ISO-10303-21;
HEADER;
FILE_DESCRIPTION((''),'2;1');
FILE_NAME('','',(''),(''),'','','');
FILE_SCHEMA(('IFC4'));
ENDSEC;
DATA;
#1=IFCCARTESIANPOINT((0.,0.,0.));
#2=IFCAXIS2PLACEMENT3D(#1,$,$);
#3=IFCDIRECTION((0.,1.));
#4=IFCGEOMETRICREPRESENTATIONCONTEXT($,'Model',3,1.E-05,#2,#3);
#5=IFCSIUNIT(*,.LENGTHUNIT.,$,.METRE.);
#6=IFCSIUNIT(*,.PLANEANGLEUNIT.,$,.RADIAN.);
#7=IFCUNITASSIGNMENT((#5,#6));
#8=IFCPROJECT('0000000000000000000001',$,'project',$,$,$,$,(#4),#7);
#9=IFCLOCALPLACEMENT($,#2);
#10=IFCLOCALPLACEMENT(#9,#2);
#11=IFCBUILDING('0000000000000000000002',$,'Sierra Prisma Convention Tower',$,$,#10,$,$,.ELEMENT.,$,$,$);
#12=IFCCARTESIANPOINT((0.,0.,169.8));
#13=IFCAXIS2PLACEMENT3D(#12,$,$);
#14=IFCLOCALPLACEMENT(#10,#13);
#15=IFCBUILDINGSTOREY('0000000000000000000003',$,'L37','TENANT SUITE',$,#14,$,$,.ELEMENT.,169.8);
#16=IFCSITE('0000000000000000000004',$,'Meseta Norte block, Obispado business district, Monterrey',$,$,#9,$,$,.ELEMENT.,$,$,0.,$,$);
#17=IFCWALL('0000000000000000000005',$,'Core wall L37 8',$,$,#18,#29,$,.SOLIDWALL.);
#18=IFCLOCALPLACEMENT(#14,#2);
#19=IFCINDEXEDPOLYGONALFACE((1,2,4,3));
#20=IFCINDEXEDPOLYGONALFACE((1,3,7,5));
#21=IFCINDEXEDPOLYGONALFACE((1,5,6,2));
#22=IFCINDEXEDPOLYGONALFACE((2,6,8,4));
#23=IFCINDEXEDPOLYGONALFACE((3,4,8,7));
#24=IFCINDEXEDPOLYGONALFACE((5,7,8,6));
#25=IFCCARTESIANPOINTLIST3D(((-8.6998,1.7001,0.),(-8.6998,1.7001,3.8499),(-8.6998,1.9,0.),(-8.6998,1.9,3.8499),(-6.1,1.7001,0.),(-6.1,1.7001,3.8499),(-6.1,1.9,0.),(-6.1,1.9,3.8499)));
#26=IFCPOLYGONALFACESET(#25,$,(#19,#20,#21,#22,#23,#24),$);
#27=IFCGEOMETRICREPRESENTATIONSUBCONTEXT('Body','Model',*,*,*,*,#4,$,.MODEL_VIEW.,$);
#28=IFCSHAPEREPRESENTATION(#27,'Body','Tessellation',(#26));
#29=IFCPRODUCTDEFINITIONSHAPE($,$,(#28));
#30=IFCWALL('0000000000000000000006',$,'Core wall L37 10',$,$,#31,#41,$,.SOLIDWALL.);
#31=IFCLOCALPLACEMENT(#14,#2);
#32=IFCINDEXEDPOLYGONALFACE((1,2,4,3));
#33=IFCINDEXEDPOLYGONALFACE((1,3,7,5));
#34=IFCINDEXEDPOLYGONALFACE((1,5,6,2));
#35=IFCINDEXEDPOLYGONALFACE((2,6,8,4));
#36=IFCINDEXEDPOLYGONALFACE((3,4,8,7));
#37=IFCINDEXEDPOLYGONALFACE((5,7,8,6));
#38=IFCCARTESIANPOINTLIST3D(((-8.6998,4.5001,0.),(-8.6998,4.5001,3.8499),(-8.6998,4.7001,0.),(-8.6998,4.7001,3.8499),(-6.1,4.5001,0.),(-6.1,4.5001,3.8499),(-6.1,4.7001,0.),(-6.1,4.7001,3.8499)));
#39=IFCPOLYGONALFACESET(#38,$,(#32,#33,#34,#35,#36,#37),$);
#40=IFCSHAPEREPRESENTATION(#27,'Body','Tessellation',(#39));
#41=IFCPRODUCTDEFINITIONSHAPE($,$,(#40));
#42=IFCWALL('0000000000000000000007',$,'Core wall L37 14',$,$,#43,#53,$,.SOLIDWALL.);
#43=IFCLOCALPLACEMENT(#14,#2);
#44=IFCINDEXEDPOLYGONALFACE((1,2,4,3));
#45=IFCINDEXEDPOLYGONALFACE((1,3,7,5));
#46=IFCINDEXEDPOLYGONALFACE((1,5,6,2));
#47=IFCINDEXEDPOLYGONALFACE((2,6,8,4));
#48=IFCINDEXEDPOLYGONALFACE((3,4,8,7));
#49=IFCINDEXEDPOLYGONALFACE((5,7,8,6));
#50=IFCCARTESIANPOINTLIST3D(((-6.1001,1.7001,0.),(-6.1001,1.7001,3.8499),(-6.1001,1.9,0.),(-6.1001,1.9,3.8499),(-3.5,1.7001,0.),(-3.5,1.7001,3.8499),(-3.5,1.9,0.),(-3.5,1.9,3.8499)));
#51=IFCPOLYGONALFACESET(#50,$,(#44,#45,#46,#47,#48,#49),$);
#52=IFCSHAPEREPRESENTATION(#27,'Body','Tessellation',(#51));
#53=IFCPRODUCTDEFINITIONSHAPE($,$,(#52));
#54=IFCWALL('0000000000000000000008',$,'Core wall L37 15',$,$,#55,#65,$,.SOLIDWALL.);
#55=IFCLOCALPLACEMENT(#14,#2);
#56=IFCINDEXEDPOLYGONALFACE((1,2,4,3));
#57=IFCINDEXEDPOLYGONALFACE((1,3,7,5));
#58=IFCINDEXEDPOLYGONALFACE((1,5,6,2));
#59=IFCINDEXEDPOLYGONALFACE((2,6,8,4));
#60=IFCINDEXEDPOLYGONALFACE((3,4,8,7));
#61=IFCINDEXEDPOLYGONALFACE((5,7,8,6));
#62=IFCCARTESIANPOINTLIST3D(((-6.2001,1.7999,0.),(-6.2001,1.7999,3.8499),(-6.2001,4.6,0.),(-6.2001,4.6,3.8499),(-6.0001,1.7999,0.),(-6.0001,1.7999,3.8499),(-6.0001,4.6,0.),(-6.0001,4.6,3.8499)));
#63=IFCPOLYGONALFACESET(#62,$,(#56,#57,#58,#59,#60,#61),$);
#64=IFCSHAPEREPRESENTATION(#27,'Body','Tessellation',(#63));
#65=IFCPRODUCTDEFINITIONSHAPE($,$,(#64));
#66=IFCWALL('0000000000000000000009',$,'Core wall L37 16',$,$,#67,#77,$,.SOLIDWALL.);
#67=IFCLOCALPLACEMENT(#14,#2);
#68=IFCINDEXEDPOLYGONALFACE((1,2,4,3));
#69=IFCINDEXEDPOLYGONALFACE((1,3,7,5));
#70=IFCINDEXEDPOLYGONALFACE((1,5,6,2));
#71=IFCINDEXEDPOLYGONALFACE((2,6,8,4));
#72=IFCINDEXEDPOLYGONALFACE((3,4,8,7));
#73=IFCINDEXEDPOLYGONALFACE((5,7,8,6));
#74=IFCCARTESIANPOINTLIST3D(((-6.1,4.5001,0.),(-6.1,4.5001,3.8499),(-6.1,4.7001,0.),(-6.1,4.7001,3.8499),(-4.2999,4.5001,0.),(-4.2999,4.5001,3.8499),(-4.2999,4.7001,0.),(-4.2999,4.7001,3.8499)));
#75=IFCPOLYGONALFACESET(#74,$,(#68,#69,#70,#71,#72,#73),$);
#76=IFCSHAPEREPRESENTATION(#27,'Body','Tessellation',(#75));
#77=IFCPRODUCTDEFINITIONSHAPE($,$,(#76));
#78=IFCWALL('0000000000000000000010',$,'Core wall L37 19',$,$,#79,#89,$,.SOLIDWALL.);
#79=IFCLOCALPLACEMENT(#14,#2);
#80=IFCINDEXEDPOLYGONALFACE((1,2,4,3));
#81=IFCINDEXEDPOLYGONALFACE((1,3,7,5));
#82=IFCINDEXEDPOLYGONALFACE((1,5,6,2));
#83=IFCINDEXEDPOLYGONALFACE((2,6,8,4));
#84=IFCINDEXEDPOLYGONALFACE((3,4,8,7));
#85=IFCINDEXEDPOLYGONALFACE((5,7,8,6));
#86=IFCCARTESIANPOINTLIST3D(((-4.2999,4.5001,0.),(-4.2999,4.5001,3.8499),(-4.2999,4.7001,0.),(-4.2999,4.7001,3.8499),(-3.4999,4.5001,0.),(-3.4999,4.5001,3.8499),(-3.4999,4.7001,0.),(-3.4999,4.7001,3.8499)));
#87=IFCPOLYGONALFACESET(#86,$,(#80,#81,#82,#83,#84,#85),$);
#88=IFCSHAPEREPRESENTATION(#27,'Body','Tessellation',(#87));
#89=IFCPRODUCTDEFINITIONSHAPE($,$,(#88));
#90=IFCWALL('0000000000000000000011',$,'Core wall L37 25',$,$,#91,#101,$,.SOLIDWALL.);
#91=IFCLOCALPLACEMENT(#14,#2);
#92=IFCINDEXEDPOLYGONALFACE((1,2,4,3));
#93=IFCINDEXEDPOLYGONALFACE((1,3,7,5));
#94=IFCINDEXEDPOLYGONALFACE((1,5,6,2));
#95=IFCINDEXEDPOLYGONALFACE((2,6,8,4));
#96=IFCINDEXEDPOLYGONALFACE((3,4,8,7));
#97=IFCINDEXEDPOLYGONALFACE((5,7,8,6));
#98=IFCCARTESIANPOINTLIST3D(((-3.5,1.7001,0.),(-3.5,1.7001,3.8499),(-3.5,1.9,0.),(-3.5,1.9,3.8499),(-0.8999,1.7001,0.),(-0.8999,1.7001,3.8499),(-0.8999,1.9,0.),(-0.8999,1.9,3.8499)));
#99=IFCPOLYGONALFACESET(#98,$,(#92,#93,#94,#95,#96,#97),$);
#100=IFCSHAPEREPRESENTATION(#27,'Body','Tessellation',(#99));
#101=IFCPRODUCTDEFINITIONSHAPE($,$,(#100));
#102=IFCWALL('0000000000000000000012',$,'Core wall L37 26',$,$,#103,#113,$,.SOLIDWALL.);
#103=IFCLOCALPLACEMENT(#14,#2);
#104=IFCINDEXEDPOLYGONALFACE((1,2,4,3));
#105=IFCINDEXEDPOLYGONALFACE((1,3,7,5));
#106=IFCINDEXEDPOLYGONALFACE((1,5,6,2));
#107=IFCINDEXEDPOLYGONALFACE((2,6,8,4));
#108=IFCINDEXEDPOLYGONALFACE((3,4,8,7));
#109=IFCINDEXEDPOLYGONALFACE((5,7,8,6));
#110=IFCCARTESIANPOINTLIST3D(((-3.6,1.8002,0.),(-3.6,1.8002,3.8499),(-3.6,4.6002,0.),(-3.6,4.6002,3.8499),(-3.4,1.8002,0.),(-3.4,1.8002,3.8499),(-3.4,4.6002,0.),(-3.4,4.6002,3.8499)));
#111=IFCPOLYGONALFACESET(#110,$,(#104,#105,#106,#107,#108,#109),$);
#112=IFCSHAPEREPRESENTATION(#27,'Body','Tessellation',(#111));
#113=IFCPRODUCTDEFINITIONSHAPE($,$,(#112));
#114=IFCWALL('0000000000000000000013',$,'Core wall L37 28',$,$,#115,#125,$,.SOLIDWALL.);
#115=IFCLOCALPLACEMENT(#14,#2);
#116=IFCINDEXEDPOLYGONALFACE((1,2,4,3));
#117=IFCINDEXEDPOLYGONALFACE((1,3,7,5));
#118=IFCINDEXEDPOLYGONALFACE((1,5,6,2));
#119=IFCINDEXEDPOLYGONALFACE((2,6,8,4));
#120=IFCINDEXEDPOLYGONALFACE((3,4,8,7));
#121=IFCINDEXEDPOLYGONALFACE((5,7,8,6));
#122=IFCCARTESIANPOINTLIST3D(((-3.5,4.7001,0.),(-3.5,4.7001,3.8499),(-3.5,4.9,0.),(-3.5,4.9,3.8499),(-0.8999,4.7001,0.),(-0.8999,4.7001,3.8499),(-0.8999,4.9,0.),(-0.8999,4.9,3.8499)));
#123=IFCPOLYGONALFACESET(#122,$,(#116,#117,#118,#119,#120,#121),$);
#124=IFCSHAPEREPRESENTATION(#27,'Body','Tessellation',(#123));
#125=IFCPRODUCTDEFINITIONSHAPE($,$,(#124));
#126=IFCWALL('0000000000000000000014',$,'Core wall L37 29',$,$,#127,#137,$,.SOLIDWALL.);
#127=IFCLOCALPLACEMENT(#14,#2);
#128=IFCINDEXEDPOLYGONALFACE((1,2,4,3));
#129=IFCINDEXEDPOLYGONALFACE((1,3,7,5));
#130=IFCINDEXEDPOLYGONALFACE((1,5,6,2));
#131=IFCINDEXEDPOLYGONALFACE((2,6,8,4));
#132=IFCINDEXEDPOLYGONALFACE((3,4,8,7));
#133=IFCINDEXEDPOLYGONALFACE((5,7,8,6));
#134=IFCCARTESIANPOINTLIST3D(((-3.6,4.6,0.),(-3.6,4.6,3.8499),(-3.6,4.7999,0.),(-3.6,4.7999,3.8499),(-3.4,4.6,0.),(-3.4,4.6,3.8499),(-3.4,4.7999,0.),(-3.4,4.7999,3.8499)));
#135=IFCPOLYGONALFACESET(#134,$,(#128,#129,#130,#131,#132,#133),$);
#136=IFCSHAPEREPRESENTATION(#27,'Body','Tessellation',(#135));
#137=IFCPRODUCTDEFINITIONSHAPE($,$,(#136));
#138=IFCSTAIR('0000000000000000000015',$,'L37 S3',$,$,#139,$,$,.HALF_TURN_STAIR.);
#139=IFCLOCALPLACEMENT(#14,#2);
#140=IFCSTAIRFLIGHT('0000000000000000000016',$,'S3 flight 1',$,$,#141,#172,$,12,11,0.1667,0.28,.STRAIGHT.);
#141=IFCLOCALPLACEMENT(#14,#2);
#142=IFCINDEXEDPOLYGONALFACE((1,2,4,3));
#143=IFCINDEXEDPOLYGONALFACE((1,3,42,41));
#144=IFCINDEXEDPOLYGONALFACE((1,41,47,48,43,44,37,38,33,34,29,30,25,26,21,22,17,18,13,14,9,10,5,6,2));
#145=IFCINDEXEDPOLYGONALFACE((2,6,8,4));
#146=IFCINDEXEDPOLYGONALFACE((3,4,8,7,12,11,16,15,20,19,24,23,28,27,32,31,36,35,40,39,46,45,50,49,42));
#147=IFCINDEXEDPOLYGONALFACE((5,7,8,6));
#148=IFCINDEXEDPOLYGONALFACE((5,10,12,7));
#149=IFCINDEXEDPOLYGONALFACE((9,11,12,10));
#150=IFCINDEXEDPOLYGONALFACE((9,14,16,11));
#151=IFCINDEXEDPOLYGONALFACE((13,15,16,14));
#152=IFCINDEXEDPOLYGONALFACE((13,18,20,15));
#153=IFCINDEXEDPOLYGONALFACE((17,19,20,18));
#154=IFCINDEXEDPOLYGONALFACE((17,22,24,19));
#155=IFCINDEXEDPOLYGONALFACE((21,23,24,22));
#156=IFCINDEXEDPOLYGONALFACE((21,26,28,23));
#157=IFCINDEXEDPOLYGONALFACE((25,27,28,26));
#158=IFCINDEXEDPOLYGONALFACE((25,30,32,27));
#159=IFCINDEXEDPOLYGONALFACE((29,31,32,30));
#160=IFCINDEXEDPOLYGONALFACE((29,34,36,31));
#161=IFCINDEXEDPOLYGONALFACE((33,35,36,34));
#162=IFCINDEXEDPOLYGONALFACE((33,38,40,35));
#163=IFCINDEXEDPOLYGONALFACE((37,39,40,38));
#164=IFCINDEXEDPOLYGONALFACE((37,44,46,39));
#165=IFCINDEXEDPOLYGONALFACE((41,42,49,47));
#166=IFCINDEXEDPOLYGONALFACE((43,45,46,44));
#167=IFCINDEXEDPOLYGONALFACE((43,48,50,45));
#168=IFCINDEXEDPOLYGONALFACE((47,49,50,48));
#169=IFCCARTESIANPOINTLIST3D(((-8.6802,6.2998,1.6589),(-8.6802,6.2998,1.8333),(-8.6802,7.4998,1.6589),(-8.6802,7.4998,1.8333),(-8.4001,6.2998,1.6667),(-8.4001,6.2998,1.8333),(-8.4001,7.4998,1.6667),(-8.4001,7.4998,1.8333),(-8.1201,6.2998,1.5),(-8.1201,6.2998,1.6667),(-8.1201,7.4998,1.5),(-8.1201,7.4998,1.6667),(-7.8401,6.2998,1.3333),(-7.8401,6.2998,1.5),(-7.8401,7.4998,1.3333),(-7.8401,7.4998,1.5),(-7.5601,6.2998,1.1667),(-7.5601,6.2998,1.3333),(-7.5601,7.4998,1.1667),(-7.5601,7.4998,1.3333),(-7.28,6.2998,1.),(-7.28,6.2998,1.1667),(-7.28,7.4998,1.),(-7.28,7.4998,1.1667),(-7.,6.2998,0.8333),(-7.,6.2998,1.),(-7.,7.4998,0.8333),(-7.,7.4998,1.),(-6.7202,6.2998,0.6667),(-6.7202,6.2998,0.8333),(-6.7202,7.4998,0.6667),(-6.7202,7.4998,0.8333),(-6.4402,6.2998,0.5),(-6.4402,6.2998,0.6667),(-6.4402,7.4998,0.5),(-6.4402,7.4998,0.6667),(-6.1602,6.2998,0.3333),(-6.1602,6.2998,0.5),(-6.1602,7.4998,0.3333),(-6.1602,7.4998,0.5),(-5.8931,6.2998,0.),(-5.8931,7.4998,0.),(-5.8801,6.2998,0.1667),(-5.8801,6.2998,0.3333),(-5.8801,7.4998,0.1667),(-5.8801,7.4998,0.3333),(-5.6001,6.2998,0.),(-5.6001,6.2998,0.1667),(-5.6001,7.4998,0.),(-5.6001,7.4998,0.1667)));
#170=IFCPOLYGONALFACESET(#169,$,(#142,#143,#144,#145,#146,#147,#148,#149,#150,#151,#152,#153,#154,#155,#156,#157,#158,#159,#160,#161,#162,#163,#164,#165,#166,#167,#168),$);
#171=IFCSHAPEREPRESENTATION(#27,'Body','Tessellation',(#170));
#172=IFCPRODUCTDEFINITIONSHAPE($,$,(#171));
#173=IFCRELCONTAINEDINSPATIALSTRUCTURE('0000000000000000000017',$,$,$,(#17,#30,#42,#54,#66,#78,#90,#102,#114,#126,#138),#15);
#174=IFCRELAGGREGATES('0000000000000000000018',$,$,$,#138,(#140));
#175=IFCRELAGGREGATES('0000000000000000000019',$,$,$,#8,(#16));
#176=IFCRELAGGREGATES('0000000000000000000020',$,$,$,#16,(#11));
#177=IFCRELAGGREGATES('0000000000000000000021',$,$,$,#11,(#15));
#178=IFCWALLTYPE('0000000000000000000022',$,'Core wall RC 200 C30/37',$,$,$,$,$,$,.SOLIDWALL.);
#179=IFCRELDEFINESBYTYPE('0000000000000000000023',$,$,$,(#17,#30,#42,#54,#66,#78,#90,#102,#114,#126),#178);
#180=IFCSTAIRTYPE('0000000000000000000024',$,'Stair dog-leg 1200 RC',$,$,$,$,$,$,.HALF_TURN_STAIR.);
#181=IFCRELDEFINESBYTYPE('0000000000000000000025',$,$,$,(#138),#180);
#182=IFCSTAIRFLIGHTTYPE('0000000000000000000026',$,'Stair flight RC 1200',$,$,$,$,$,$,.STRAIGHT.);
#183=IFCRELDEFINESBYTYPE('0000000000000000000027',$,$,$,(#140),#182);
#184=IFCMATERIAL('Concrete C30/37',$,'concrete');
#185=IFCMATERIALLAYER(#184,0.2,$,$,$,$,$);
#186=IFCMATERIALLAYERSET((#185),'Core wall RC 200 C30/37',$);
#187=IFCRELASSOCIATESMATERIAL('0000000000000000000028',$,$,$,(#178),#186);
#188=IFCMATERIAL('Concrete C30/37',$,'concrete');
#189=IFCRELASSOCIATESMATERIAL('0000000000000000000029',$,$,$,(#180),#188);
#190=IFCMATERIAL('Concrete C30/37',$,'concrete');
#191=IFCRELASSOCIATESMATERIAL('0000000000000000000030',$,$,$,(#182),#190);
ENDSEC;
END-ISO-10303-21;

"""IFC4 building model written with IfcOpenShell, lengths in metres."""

from ifc_helpers import new_model, si_unit, direction, frame, frame_2d, origin, place, context, subcontext, project, spatial, polyline, rectangle, outline, extrude, material, layer, layer_set, type_object, element, aggregate, save


model = new_model("IFC4")

# Units and contexts
model_context = context("Model", 3, precision=1e-05, world=origin(), true_north=direction((0.0, 1.0)))
body_context = subcontext(model_context, "Body", "Model", "MODEL_VIEW")
ifc_project = project(units=[si_unit("LENGTHUNIT", "METRE"), si_unit("PLANEANGLEUNIT", "RADIAN")], contexts=[model_context])

# Site, building, storey
site_placement = place(None, origin())
site = spatial("IfcSite", under=ifc_project, at=site_placement, Name="Meseta Norte block, Obispado business district, Monterrey", CompositionType="ELEMENT", RefElevation=0.0)
building_placement = place(site_placement, origin())
building = spatial("IfcBuilding", under=site, at=building_placement, Name="Sierra Prisma Convention Tower", CompositionType="ELEMENT")
storey_placement = place(building_placement, frame((0.0, 0.0, 169.8)))
storey = spatial("IfcBuildingStorey", under=building, at=storey_placement, Name="L37", Description="TENANT SUITE", CompositionType="ELEMENT", Elevation=169.8)

# Walls
ifc_material_1 = material(Name="Concrete C30/37", Category="concrete")
ifc_layer_1 = layer(ifc_material_1, 0.2)
ifc_layer_set_1 = layer_set([ifc_layer_1], Name="Core wall RC 200 C30/37")
wall_type = type_object("IfcWallType", Name="Core wall RC 200 C30/37", PredefinedType="SOLIDWALL", material=ifc_layer_set_1)
for number, where, z_axis, x_axis, name in (
    (1, (-6.1001, 1.8, 0.0), (0.0, 0.0, 1.0), (-1.0, 0.0, 0.0), "Core wall L37 8"),
    (2, (-6.1001, 4.6001, 0.0), (0.0, 0.0, 1.0), (-1.0, 0.0, 0.0), "Core wall L37 10"),
):
    element("IfcWall", number, at=place(storey_placement, frame(where, z_axis=z_axis, x_axis=x_axis)), inside=storey, type_object=wall_type, Name=name, PredefinedType="SOLIDWALL", context=body_context, shape_type="SweptSolid", body=[
        extrude(rectangle(XDim=2.5999, YDim=0.2, at=frame_2d((1.2998, 0.0))), origin(), (0.0, 0.0, 1.0), 3.8499),
    ])
wall_1_placement = place(storey_placement, frame((-3.5, 1.8, 0.0), z_axis=(0.0, 0.0, 1.0), x_axis=(-1.0, 0.0, 0.0)))
element("IfcWall", 3, at=wall_1_placement, inside=storey, type_object=wall_type, Name="Core wall L37 14", PredefinedType="SOLIDWALL", context=body_context, shape_type="SweptSolid", body=[
    extrude(rectangle(XDim=2.6001, YDim=0.2, at=frame_2d((1.3, 0.0))), origin(), (0.0, 0.0, 1.0), 3.8499),
])
wall_2_placement = place(storey_placement, frame((-6.1001, 1.8, 0.0), z_axis=(0.0, 0.0, 1.0), x_axis=(0.0, 1.0, 0.0)))
element("IfcWall", 4, at=wall_2_placement, inside=storey, type_object=wall_type, Name="Core wall L37 15", PredefinedType="SOLIDWALL", context=body_context, shape_type="SweptSolid", body=[
    extrude(rectangle(XDim=2.8, YDim=0.2, at=frame_2d((1.3999, 0.0))), origin(), (0.0, 0.0, 1.0), 3.8499),
])
wall_3_placement = place(storey_placement, frame((-4.3, 4.6001, 0.0), z_axis=(0.0, 0.0, 1.0), x_axis=(-1.0, 0.0, 0.0)))
element("IfcWall", 5, at=wall_3_placement, inside=storey, type_object=wall_type, Name="Core wall L37 16", PredefinedType="SOLIDWALL", context=body_context, shape_type="SweptSolid", body=[
    extrude(rectangle(XDim=1.8, YDim=0.2, at=frame_2d((0.8999, 0.0))), origin(), (0.0, 0.0, 1.0), 3.8499),
])
wall_4_placement = place(storey_placement, frame((-3.5, 4.6001, 0.0), z_axis=(0.0, 0.0, 1.0), x_axis=(-1.0, 0.0, 0.0)))
element("IfcWall", 6, at=wall_4_placement, inside=storey, type_object=wall_type, Name="Core wall L37 19", PredefinedType="SOLIDWALL", context=body_context, shape_type="SweptSolid", body=[
    extrude(rectangle(XDim=0.8, YDim=0.2, at=frame_2d((0.3999, 0.0))), origin(), (0.0, 0.0, 1.0), 3.8499),
])

# Walls
wall_5_placement = place(storey_placement, frame((-0.8999, 1.8, 0.0), z_axis=(0.0, 0.0, 1.0), x_axis=(-1.0, 0.0, 0.0)))
element("IfcWall", 7, at=wall_5_placement, inside=storey, type_object=wall_type, Name="Core wall L37 25", PredefinedType="SOLIDWALL", context=body_context, shape_type="SweptSolid", body=[
    extrude(rectangle(XDim=2.6001, YDim=0.2, at=frame_2d((1.3, 0.0))), origin(), (0.0, 0.0, 1.0), 3.8499),
])
wall_6_placement = place(storey_placement, frame((-3.5, 4.6001, 0.0), z_axis=(0.0, 0.0, 1.0), x_axis=(0.0, -1.0, 0.0)))
element("IfcWall", 8, at=wall_6_placement, inside=storey, type_object=wall_type, Name="Core wall L37 26", PredefinedType="SOLIDWALL", context=body_context, shape_type="SweptSolid", body=[
    extrude(rectangle(XDim=2.8, YDim=0.2, at=frame_2d((1.3999, 0.0))), origin(), (0.0, 0.0, 1.0), 3.8499),
])

# Walls
wall_7_placement = place(storey_placement, frame((-0.8999, 4.8, 0.0), z_axis=(0.0, 0.0, 1.0), x_axis=(-1.0, 0.0, 0.0)))
element("IfcWall", 9, at=wall_7_placement, inside=storey, type_object=wall_type, Name="Core wall L37 28", PredefinedType="SOLIDWALL", context=body_context, shape_type="SweptSolid", body=[
    extrude(rectangle(XDim=2.6001, YDim=0.2, at=frame_2d((1.3, 0.0))), origin(), (0.0, 0.0, 1.0), 3.8499),
])
wall_8_placement = place(storey_placement, frame((-3.5, 4.8, 0.0), z_axis=(0.0, 0.0, 1.0), x_axis=(0.0, -1.0, 0.0)))
element("IfcWall", 10, at=wall_8_placement, inside=storey, type_object=wall_type, Name="Core wall L37 29", PredefinedType="SOLIDWALL", context=body_context, shape_type="SweptSolid", body=[
    extrude(rectangle(XDim=0.2, YDim=0.2, at=frame_2d((0.1001, 0.0))), origin(), (0.0, 0.0, 1.0), 3.8499),
])

# Stair, stair flight
ifc_material_2 = material(Name="Concrete C30/37", Category="concrete")
stair_type = type_object("IfcStairType", Name="Stair dog-leg 1200 RC", PredefinedType="HALF_TURN_STAIR", material=ifc_material_2)
stair_placement = place(storey_placement, origin())
stair = element("IfcStair", 11, at=stair_placement, inside=storey, type_object=stair_type, Name="L37 S3", PredefinedType="HALF_TURN_STAIR")
ifc_material_3 = material(Name="Concrete C30/37", Category="concrete")
stair_flight_type = type_object("IfcStairFlightType", Name="Stair flight RC 1200", PredefinedType="STRAIGHT", material=ifc_material_3)
stair_flight_placement = place(storey_placement, frame((-5.6001, 6.8999, 0.0), z_axis=(0.0, 0.0, 1.0), x_axis=(-1.0, 0.0, 0.0)))
stair_flight = element("IfcStairFlight", 12, at=stair_flight_placement, type_object=stair_flight_type, Name="S3 flight 1", NumberOfRisers=12, NumberOfTreads=11, PredefinedType="STRAIGHT", RiserHeight=0.1667, TreadLength=0.28, context=body_context, shape_type="SweptSolid", body=[
    extrude(outline(polyline([(0.0, 0.0), (0.0, 0.1667), (0.28, 0.1667), (0.28, 0.3333), (0.5601, 0.3333), (0.5601, 0.5), (0.8401, 0.5), (0.8401, 0.6667), (1.1201, 0.6667), (1.1201, 0.8333), (1.3999, 0.8333), (1.3999, 1.0), (1.6799, 1.0), (1.6799, 1.1667), (1.96, 1.1667), (1.96, 1.3333), (2.24, 1.3333), (2.24, 1.5), (2.52, 1.5), (2.52, 1.6667), (2.8, 1.6667), (2.8, 1.8333), (3.0801, 1.8333), (3.0801, 2.0), (3.0801, 1.6589), (0.293, 0.0), (0.0, 0.0)])), frame((0.0, 0.6001, 0.0), z_axis=(0.0, -1.0, 0.0), x_axis=(1.0, 0.0, 0.0)), (0.0, 0.0, 1.0), 1.2),
])
aggregate(stair, [stair_flight])

save(model, "model.ifc")
